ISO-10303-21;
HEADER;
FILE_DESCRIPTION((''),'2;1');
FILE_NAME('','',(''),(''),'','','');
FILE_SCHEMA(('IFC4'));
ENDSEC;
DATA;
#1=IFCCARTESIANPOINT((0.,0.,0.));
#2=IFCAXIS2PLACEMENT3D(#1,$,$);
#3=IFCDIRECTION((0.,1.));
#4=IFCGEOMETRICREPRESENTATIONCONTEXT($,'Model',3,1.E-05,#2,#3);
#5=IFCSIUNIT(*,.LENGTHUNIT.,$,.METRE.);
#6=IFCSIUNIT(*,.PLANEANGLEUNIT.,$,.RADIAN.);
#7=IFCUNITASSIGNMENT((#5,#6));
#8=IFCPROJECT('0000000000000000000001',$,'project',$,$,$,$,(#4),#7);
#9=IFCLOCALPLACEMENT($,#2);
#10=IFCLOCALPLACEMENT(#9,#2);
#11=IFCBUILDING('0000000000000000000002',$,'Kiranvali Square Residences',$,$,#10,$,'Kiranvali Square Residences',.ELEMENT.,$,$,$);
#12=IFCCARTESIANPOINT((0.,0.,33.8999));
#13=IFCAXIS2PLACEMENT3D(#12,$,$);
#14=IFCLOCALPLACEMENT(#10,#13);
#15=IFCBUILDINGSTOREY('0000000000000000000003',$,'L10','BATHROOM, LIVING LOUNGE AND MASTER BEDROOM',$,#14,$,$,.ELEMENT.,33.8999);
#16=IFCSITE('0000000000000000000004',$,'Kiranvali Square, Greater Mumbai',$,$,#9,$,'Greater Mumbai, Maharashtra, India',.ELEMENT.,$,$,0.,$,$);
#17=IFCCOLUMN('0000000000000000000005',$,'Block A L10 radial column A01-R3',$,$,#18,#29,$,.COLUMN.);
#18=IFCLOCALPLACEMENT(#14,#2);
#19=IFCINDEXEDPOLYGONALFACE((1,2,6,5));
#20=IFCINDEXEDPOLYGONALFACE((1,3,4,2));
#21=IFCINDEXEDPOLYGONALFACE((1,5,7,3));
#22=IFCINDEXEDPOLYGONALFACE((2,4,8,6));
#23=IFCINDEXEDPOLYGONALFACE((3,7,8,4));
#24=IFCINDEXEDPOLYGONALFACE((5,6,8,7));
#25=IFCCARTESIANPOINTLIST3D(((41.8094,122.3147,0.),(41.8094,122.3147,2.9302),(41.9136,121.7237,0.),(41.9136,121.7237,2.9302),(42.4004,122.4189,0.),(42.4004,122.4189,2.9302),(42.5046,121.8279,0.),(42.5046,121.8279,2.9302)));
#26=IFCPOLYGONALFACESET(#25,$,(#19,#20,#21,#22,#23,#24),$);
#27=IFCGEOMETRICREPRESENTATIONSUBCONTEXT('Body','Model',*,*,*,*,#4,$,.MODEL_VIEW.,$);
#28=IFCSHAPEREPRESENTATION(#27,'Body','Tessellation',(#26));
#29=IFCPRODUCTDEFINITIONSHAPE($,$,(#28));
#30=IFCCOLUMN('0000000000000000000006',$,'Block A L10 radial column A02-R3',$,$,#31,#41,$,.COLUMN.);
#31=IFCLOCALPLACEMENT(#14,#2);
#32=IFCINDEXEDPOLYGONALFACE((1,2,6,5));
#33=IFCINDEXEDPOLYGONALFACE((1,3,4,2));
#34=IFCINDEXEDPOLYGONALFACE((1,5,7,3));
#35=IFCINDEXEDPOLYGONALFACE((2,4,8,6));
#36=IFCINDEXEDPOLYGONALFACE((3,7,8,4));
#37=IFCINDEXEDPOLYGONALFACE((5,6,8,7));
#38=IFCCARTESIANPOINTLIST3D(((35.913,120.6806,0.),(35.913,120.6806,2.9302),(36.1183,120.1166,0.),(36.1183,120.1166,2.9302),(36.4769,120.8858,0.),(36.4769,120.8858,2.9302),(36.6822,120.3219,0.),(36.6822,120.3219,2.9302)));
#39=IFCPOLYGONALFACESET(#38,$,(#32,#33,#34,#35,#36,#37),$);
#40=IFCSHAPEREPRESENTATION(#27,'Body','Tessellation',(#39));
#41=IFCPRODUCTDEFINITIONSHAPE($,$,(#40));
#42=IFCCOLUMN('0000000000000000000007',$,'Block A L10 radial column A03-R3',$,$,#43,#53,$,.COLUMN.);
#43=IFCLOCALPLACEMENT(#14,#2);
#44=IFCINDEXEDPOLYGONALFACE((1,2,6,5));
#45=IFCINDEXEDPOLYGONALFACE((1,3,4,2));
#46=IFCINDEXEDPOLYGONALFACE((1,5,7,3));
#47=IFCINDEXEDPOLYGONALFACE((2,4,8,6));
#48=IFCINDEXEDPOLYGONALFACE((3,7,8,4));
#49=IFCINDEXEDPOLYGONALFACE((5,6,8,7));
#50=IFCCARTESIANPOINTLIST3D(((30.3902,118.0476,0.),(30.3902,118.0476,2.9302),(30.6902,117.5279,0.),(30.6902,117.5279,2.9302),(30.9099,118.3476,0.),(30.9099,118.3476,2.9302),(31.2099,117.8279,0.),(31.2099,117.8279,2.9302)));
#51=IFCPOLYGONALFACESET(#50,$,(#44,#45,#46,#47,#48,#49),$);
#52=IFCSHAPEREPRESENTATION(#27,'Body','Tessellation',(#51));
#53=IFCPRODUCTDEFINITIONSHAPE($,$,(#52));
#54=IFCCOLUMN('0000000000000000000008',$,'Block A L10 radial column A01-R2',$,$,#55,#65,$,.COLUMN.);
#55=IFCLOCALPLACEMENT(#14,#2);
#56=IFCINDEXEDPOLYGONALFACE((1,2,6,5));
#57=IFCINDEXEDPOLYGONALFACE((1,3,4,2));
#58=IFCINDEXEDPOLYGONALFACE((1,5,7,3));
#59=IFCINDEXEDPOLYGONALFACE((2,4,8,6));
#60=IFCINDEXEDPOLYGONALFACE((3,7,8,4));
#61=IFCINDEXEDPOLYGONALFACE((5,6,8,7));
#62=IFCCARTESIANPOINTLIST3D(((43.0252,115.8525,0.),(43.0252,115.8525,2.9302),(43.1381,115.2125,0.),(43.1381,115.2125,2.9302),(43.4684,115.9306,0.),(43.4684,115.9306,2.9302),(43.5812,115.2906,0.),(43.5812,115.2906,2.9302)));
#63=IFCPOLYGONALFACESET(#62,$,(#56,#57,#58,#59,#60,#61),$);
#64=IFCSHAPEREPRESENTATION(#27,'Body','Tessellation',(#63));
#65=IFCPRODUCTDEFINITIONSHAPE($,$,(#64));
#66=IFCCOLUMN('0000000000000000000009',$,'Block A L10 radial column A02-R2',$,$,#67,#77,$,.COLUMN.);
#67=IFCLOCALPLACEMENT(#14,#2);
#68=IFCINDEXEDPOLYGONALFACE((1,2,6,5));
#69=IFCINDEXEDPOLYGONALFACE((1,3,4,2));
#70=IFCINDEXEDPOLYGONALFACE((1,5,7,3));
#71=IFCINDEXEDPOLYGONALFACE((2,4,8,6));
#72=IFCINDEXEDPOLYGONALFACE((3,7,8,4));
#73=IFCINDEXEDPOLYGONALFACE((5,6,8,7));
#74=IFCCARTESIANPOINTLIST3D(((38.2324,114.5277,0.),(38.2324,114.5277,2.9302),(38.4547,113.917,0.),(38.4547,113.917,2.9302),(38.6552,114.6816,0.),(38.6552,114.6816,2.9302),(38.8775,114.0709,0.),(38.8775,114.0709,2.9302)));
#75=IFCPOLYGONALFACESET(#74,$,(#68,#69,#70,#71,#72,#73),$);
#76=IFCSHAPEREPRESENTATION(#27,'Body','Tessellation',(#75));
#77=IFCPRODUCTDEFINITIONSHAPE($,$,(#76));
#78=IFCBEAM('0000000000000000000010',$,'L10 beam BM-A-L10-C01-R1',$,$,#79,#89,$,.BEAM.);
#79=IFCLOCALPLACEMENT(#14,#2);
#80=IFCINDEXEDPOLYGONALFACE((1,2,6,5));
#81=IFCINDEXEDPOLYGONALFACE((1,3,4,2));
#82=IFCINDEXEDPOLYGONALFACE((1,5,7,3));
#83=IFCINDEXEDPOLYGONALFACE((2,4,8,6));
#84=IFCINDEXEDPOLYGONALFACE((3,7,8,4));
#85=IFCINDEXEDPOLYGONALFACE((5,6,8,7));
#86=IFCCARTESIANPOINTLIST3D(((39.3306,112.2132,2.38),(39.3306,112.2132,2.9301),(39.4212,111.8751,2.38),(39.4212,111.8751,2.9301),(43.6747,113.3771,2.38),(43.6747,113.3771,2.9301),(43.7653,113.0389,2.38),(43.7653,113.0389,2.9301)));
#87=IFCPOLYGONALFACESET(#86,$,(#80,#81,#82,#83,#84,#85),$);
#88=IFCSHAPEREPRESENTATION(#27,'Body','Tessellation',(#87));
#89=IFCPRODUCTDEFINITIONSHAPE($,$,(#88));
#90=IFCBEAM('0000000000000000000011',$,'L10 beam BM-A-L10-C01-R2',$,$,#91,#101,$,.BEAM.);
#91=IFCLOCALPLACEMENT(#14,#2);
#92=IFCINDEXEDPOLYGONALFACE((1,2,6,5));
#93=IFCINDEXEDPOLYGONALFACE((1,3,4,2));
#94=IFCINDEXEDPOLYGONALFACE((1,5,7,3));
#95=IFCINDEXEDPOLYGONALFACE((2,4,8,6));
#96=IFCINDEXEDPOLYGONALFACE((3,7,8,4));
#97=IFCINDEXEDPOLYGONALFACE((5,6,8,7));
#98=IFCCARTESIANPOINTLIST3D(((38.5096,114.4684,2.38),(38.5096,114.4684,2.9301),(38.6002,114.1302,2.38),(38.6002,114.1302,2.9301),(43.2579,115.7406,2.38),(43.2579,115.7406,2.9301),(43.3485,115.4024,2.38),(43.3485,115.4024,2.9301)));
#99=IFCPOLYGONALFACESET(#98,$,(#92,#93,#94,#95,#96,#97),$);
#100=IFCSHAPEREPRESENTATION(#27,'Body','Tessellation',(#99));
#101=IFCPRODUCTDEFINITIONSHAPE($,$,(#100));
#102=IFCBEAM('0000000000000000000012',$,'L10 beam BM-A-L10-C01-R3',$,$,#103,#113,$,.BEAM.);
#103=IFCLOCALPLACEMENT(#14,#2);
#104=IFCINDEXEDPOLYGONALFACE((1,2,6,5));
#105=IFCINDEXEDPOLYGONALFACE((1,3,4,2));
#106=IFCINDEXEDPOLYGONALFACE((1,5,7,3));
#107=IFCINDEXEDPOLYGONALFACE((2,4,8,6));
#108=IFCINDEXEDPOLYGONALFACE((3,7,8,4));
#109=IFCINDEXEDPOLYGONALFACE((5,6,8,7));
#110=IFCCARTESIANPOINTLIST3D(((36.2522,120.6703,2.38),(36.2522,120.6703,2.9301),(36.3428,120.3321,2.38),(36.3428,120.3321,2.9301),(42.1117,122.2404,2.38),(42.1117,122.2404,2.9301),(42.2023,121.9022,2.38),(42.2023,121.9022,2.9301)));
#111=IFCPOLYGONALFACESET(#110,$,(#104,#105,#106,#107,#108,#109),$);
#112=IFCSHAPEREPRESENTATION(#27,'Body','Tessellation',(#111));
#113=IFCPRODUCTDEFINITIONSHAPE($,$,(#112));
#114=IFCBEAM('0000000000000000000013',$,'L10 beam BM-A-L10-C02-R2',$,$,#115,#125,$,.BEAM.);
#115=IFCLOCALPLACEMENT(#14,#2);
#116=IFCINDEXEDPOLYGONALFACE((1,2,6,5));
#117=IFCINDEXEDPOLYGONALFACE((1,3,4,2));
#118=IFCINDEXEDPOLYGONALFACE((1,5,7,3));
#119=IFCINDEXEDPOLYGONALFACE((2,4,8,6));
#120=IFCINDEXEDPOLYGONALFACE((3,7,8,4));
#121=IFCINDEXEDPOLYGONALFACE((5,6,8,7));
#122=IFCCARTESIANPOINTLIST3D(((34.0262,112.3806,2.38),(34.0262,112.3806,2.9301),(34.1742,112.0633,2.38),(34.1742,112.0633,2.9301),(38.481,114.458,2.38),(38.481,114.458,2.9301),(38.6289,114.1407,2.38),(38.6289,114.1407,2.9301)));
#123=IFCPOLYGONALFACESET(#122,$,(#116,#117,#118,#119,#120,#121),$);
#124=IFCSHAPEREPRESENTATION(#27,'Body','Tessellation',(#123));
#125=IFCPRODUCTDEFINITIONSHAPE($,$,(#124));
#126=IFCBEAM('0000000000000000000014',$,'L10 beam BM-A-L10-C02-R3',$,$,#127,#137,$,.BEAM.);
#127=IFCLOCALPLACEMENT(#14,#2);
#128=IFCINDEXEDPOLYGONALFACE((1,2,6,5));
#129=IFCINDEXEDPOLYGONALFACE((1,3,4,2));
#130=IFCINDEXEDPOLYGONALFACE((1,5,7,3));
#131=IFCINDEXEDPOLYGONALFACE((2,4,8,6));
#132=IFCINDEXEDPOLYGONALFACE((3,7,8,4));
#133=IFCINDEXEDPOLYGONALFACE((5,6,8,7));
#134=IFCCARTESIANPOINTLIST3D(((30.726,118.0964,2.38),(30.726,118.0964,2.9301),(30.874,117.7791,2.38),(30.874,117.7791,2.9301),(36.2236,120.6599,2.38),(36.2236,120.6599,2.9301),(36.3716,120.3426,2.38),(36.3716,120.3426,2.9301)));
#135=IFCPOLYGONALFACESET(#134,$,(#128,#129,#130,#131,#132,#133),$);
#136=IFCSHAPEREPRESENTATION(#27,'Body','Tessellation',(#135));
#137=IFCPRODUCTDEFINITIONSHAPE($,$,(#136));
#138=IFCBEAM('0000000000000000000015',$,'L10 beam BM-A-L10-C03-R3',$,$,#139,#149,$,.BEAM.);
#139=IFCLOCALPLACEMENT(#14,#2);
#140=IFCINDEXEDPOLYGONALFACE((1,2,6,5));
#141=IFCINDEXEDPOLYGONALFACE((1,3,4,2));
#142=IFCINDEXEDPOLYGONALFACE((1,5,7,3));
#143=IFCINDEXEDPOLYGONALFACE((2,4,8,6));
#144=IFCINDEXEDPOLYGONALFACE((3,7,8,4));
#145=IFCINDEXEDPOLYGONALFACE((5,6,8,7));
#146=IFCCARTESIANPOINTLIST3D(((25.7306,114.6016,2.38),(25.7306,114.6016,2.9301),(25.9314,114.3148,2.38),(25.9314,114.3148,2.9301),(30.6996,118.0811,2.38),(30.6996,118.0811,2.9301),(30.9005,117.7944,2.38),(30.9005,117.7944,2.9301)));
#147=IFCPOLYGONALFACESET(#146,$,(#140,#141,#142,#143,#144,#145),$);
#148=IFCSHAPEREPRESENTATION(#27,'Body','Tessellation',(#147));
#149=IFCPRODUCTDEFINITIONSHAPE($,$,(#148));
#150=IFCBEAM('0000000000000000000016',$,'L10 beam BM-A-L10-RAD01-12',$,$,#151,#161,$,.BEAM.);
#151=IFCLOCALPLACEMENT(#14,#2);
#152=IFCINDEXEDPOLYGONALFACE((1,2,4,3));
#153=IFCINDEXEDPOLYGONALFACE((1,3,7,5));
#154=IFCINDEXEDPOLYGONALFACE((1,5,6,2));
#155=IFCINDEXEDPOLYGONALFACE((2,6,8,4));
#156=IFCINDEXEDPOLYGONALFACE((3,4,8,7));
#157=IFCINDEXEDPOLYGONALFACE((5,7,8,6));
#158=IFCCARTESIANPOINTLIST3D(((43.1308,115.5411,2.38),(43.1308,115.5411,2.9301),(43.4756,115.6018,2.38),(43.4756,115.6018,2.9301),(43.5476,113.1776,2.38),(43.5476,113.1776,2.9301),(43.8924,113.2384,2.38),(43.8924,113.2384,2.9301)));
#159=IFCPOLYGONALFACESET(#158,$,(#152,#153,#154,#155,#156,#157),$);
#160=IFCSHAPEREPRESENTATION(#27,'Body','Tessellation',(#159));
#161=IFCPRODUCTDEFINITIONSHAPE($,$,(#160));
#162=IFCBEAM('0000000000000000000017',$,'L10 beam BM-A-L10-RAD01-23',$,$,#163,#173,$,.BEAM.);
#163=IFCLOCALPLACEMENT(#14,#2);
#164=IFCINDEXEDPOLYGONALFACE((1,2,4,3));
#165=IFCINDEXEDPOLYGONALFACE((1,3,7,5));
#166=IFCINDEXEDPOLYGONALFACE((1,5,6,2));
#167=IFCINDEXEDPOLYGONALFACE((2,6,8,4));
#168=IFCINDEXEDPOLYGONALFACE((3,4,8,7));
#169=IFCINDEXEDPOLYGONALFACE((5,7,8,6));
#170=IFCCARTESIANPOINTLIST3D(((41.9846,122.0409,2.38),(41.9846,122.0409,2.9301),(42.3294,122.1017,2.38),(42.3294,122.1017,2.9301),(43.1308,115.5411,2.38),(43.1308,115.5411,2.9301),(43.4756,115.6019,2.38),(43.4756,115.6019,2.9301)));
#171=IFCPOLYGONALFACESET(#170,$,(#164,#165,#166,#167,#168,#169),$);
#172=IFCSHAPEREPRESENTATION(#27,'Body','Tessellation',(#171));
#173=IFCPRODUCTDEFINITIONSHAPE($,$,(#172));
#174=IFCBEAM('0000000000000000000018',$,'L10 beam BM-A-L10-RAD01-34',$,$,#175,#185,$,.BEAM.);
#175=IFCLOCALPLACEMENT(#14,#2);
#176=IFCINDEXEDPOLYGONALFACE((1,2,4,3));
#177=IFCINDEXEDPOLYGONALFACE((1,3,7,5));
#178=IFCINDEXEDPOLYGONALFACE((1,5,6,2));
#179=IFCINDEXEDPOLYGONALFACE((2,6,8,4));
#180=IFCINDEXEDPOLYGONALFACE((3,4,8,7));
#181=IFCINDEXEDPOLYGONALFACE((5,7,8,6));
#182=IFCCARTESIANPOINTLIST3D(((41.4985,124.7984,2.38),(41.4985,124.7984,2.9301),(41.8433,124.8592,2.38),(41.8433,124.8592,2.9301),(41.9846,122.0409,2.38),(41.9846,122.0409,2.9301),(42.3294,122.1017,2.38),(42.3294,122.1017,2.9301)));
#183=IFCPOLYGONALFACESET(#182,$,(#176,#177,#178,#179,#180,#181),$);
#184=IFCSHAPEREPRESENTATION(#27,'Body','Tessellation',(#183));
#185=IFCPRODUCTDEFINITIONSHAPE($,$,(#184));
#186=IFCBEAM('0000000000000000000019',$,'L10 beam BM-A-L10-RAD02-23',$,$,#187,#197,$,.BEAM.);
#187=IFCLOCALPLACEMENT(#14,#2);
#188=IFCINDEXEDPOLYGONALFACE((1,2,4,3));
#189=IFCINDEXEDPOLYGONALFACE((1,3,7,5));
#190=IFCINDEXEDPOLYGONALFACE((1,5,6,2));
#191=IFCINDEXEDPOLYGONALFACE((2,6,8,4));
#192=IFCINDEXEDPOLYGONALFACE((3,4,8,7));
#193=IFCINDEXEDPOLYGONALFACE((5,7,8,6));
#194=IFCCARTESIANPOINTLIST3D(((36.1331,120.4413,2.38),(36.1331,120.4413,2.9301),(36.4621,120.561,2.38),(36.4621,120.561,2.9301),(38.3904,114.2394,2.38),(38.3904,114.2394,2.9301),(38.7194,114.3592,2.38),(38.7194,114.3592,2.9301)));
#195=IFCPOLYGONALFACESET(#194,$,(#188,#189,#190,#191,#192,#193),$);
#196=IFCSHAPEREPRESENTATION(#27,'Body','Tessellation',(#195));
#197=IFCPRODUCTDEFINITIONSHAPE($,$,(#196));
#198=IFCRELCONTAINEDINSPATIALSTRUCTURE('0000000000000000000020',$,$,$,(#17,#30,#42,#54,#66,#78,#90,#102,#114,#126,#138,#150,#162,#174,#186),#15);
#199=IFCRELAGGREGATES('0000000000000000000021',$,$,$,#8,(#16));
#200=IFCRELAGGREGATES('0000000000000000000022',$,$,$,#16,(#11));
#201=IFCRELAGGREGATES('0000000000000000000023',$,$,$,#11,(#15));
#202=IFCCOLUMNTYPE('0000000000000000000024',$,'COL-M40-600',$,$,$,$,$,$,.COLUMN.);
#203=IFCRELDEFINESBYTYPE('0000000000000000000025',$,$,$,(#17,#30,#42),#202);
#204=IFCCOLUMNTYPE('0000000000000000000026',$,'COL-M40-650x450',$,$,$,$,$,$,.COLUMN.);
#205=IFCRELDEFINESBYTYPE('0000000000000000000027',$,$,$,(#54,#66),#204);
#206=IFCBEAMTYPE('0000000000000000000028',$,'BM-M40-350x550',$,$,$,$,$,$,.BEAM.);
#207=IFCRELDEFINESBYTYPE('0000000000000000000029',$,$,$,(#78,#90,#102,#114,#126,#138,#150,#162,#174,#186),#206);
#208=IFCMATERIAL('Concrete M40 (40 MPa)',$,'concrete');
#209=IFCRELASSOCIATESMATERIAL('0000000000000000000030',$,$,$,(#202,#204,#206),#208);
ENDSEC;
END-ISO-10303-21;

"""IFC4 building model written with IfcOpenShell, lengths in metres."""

from ifc_helpers import new_model, si_unit, direction, frame, origin, origin_2d, place, context, subcontext, project, spatial, rectangle, extrude, material, material_profile, profile_set, type_object, element, save


model = new_model("IFC4")

# Units and contexts
model_context = context("Model", 3, precision=1e-05, world=origin(), true_north=direction((0.0, 1.0)))
body_context = subcontext(model_context, "Body", "Model", "MODEL_VIEW")
ifc_project = project(units=[si_unit("LENGTHUNIT", "METRE"), si_unit("PLANEANGLEUNIT", "RADIAN")], contexts=[model_context])

# Site, building, storey
site_placement = place(None, origin())
site = spatial("IfcSite", under=ifc_project, at=site_placement, Name="Kiranvali Square, Greater Mumbai", LongName="Greater Mumbai, Maharashtra, India", CompositionType="ELEMENT", RefElevation=0.0)
building_placement = place(site_placement, origin())
building = spatial("IfcBuilding", under=site, at=building_placement, Name="Kiranvali Square Residences", LongName="Kiranvali Square Residences", CompositionType="ELEMENT")
storey_placement = place(building_placement, frame((0.0, 0.0, 33.8999)))
storey = spatial("IfcBuildingStorey", under=building, at=storey_placement, Name="L10", Description="BATHROOM, LIVING LOUNGE AND MASTER BEDROOM", CompositionType="ELEMENT", Elevation=33.8999)

# Columns
ifc_material_1 = material(Name="Concrete M40 (40 MPa)", Category="concrete")
ifc_material_profile_1 = material_profile(ifc_material_1, rectangle(XDim=0.6001, YDim=0.6001, at=origin_2d()), Name="RC 600x600")
ifc_profile_set_1 = profile_set([ifc_material_profile_1], Name="Concrete M40 (40 MPa)")
column_type_1 = type_object("IfcColumnType", Name="COL-M40-600", PredefinedType="COLUMN", material=ifc_profile_set_1)
for number, where, z_axis, x_axis, name in (
    (1, (42.157, 122.0713, 0.0), (0.0, 0.0, 1.0), (0.984808, 0.173648, 0.0), "Block A L10 radial column A01-R3"),
    (2, (36.2976, 120.5012, 0.0), (0.0, 0.0, 1.0), (0.939693, 0.34202, 0.0), "Block A L10 radial column A02-R3"),
    (3, (30.8, 117.9377, 0.0), (0.0, 0.0, 1.0), (0.866025, 0.5, 0.0), "Block A L10 radial column A03-R3"),
):
    element("IfcColumn", number, at=place(storey_placement, frame(where, z_axis=z_axis, x_axis=x_axis)), inside=storey, type_object=column_type_1, Name=name, PredefinedType="COLUMN", context=body_context, shape_type="SweptSolid", body=[
        extrude(rectangle(XDim=0.6001, YDim=0.6001, at=origin_2d()), origin(), (0.0, 0.0, 1.0), 2.9302),
    ])
ifc_material_profile_2 = material_profile(ifc_material_1, rectangle(XDim=0.45, YDim=0.6499, at=origin_2d()), Name="RC 650x450")
ifc_profile_set_2 = profile_set([ifc_material_profile_2], Name="Concrete M40 (40 MPa)")
column_type_2 = type_object("IfcColumnType", Name="COL-M40-650x450", PredefinedType="COLUMN", material=ifc_profile_set_2)
for number, where, z_axis, x_axis, name in (
    (4, (43.3032, 115.5715, 0.0), (0.0, 0.0, 1.0), (0.984808, 0.173648, 0.0), "Block A L10 radial column A01-R2"),
    (5, (38.5549, 114.2993, 0.0), (0.0, 0.0, 1.0), (0.939693, 0.34202, 0.0), "Block A L10 radial column A02-R2"),
):
    element("IfcColumn", number, at=place(storey_placement, frame(where, z_axis=z_axis, x_axis=x_axis)), inside=storey, type_object=column_type_2, Name=name, PredefinedType="COLUMN", context=body_context, shape_type="SweptSolid", body=[
        extrude(rectangle(XDim=0.45, YDim=0.6499, at=origin_2d()), origin(), (0.0, 0.0, 1.0), 2.9302),
    ])

# Beams
ifc_material_profile_3 = material_profile(ifc_material_1, rectangle(XDim=0.3501, YDim=0.55, at=origin_2d()), Name="RC 350x550")
ifc_profile_set_3 = profile_set([ifc_material_profile_3], Name="Concrete M40 (40 MPa)")
beam_type = type_object("IfcBeamType", Name="BM-M40-350x550", PredefinedType="BEAM", material=ifc_profile_set_3)
beam_1_placement = place(storey_placement, frame((43.72, 113.208, 2.655), z_axis=(-0.965934, -0.258788, 0.0), x_axis=(0.258788, -0.965934, 0.0)))
element("IfcBeam", 6, at=beam_1_placement, inside=storey, type_object=beam_type, Name="L10 beam BM-A-L10-C01-R1", PredefinedType="BEAM", context=body_context, shape_type="SweptSolid", body=[
    extrude(rectangle(XDim=0.3501, YDim=0.55, at=origin_2d()), origin(), (0.0, 0.0, 1.0), 4.4973),
])
beam_2_placement = place(storey_placement, frame((43.3032, 115.5715, 2.655), z_axis=(-0.96593, -0.258803, 0.0), x_axis=(0.258803, -0.96593, 0.0)))
element("IfcBeam", 7, at=beam_2_placement, inside=storey, type_object=beam_type, Name="L10 beam BM-A-L10-C01-R2", PredefinedType="BEAM", context=body_context, shape_type="SweptSolid", body=[
    extrude(rectangle(XDim=0.3501, YDim=0.55, at=origin_2d()), origin(), (0.0, 0.0, 1.0), 4.9158),
])
beam_3_placement = place(storey_placement, frame((42.157, 122.0713, 2.655), z_axis=(-0.965924, -0.258827, 0.0), x_axis=(0.258827, -0.965924, 0.0)))
element("IfcBeam", 8, at=beam_3_placement, inside=storey, type_object=beam_type, Name="L10 beam BM-A-L10-C01-R3", PredefinedType="BEAM", context=body_context, shape_type="SweptSolid", body=[
    extrude(rectangle(XDim=0.3501, YDim=0.55, at=origin_2d()), origin(), (0.0, 0.0, 1.0), 6.0662),
])
beam_4_placement = place(storey_placement, frame((38.5549, 114.2993, 2.655), z_axis=(-0.906302, -0.42263, 0.0), x_axis=(0.42263, -0.906302, 0.0)))
element("IfcBeam", 9, at=beam_4_placement, inside=storey, type_object=beam_type, Name="L10 beam BM-A-L10-C02-R2", PredefinedType="BEAM", context=body_context, shape_type="SweptSolid", body=[
    extrude(rectangle(XDim=0.3501, YDim=0.55, at=origin_2d()), origin(), (0.0, 0.0, 1.0), 4.9153),
])
beam_5_placement = place(storey_placement, frame((36.2976, 120.5012, 2.655), z_axis=(-0.906313, -0.422608, 0.0), x_axis=(0.422608, -0.906313, 0.0)))
element("IfcBeam", 10, at=beam_5_placement, inside=storey, type_object=beam_type, Name="L10 beam BM-A-L10-C02-R3", PredefinedType="BEAM", context=body_context, shape_type="SweptSolid", body=[
    extrude(rectangle(XDim=0.3501, YDim=0.55, at=origin_2d()), origin(), (0.0, 0.0, 1.0), 6.0659),
])
beam_6_placement = place(storey_placement, frame((30.8, 117.9377, 2.655), z_axis=(-0.819139, -0.573595, 0.0), x_axis=(0.573595, -0.819139, 0.0)))
element("IfcBeam", 11, at=beam_6_placement, inside=storey, type_object=beam_type, Name="L10 beam BM-A-L10-C03-R3", PredefinedType="BEAM", context=body_context, shape_type="SweptSolid", body=[
    extrude(rectangle(XDim=0.3501, YDim=0.55, at=origin_2d()), origin(), (0.0, 0.0, 1.0), 6.0662),
])
beam_7_placement = place(storey_placement, frame((43.72, 113.208, 2.655), z_axis=(-0.173646, 0.984808, 0.0), x_axis=(-0.984808, -0.173646, 0.0)))
element("IfcBeam", 12, at=beam_7_placement, inside=storey, type_object=beam_type, Name="L10 beam BM-A-L10-RAD01-12", PredefinedType="BEAM", context=body_context, shape_type="SweptSolid", body=[
    extrude(rectangle(XDim=0.3501, YDim=0.55, at=origin_2d()), origin(), (0.0, 0.0, 1.0), 2.3999),
])
beam_8_placement = place(storey_placement, frame((43.3032, 115.5715, 2.655), z_axis=(-0.173671, 0.984804, 0.0), x_axis=(-0.984804, -0.173671, 0.0)))
element("IfcBeam", 13, at=beam_8_placement, inside=storey, type_object=beam_type, Name="L10 beam BM-A-L10-RAD01-23", PredefinedType="BEAM", context=body_context, shape_type="SweptSolid", body=[
    extrude(rectangle(XDim=0.3501, YDim=0.55, at=origin_2d()), origin(), (0.0, 0.0, 1.0), 6.6001),
])
beam_9_placement = place(storey_placement, frame((42.157, 122.0713, 2.655), z_axis=(-0.173596, 0.984817, 0.0), x_axis=(-0.984817, -0.173596, 0.0)))
element("IfcBeam", 14, at=beam_9_placement, inside=storey, type_object=beam_type, Name="L10 beam BM-A-L10-RAD01-34", PredefinedType="BEAM", context=body_context, shape_type="SweptSolid", body=[
    extrude(rectangle(XDim=0.3501, YDim=0.55, at=origin_2d()), origin(), (0.0, 0.0, 1.0), 2.8),
])
beam_10_placement = place(storey_placement, frame((38.5549, 114.2993, 2.655), z_axis=(-0.342022, 0.939692, 0.0), x_axis=(-0.939692, -0.342022, 0.0)))
element("IfcBeam", 15, at=beam_10_placement, inside=storey, type_object=beam_type, Name="L10 beam BM-A-L10-RAD02-23", PredefinedType="BEAM", context=body_context, shape_type="SweptSolid", body=[
    extrude(rectangle(XDim=0.3501, YDim=0.55, at=origin_2d()), origin(), (0.0, 0.0, 1.0), 6.5999),
])

save(model, "model.ifc")
